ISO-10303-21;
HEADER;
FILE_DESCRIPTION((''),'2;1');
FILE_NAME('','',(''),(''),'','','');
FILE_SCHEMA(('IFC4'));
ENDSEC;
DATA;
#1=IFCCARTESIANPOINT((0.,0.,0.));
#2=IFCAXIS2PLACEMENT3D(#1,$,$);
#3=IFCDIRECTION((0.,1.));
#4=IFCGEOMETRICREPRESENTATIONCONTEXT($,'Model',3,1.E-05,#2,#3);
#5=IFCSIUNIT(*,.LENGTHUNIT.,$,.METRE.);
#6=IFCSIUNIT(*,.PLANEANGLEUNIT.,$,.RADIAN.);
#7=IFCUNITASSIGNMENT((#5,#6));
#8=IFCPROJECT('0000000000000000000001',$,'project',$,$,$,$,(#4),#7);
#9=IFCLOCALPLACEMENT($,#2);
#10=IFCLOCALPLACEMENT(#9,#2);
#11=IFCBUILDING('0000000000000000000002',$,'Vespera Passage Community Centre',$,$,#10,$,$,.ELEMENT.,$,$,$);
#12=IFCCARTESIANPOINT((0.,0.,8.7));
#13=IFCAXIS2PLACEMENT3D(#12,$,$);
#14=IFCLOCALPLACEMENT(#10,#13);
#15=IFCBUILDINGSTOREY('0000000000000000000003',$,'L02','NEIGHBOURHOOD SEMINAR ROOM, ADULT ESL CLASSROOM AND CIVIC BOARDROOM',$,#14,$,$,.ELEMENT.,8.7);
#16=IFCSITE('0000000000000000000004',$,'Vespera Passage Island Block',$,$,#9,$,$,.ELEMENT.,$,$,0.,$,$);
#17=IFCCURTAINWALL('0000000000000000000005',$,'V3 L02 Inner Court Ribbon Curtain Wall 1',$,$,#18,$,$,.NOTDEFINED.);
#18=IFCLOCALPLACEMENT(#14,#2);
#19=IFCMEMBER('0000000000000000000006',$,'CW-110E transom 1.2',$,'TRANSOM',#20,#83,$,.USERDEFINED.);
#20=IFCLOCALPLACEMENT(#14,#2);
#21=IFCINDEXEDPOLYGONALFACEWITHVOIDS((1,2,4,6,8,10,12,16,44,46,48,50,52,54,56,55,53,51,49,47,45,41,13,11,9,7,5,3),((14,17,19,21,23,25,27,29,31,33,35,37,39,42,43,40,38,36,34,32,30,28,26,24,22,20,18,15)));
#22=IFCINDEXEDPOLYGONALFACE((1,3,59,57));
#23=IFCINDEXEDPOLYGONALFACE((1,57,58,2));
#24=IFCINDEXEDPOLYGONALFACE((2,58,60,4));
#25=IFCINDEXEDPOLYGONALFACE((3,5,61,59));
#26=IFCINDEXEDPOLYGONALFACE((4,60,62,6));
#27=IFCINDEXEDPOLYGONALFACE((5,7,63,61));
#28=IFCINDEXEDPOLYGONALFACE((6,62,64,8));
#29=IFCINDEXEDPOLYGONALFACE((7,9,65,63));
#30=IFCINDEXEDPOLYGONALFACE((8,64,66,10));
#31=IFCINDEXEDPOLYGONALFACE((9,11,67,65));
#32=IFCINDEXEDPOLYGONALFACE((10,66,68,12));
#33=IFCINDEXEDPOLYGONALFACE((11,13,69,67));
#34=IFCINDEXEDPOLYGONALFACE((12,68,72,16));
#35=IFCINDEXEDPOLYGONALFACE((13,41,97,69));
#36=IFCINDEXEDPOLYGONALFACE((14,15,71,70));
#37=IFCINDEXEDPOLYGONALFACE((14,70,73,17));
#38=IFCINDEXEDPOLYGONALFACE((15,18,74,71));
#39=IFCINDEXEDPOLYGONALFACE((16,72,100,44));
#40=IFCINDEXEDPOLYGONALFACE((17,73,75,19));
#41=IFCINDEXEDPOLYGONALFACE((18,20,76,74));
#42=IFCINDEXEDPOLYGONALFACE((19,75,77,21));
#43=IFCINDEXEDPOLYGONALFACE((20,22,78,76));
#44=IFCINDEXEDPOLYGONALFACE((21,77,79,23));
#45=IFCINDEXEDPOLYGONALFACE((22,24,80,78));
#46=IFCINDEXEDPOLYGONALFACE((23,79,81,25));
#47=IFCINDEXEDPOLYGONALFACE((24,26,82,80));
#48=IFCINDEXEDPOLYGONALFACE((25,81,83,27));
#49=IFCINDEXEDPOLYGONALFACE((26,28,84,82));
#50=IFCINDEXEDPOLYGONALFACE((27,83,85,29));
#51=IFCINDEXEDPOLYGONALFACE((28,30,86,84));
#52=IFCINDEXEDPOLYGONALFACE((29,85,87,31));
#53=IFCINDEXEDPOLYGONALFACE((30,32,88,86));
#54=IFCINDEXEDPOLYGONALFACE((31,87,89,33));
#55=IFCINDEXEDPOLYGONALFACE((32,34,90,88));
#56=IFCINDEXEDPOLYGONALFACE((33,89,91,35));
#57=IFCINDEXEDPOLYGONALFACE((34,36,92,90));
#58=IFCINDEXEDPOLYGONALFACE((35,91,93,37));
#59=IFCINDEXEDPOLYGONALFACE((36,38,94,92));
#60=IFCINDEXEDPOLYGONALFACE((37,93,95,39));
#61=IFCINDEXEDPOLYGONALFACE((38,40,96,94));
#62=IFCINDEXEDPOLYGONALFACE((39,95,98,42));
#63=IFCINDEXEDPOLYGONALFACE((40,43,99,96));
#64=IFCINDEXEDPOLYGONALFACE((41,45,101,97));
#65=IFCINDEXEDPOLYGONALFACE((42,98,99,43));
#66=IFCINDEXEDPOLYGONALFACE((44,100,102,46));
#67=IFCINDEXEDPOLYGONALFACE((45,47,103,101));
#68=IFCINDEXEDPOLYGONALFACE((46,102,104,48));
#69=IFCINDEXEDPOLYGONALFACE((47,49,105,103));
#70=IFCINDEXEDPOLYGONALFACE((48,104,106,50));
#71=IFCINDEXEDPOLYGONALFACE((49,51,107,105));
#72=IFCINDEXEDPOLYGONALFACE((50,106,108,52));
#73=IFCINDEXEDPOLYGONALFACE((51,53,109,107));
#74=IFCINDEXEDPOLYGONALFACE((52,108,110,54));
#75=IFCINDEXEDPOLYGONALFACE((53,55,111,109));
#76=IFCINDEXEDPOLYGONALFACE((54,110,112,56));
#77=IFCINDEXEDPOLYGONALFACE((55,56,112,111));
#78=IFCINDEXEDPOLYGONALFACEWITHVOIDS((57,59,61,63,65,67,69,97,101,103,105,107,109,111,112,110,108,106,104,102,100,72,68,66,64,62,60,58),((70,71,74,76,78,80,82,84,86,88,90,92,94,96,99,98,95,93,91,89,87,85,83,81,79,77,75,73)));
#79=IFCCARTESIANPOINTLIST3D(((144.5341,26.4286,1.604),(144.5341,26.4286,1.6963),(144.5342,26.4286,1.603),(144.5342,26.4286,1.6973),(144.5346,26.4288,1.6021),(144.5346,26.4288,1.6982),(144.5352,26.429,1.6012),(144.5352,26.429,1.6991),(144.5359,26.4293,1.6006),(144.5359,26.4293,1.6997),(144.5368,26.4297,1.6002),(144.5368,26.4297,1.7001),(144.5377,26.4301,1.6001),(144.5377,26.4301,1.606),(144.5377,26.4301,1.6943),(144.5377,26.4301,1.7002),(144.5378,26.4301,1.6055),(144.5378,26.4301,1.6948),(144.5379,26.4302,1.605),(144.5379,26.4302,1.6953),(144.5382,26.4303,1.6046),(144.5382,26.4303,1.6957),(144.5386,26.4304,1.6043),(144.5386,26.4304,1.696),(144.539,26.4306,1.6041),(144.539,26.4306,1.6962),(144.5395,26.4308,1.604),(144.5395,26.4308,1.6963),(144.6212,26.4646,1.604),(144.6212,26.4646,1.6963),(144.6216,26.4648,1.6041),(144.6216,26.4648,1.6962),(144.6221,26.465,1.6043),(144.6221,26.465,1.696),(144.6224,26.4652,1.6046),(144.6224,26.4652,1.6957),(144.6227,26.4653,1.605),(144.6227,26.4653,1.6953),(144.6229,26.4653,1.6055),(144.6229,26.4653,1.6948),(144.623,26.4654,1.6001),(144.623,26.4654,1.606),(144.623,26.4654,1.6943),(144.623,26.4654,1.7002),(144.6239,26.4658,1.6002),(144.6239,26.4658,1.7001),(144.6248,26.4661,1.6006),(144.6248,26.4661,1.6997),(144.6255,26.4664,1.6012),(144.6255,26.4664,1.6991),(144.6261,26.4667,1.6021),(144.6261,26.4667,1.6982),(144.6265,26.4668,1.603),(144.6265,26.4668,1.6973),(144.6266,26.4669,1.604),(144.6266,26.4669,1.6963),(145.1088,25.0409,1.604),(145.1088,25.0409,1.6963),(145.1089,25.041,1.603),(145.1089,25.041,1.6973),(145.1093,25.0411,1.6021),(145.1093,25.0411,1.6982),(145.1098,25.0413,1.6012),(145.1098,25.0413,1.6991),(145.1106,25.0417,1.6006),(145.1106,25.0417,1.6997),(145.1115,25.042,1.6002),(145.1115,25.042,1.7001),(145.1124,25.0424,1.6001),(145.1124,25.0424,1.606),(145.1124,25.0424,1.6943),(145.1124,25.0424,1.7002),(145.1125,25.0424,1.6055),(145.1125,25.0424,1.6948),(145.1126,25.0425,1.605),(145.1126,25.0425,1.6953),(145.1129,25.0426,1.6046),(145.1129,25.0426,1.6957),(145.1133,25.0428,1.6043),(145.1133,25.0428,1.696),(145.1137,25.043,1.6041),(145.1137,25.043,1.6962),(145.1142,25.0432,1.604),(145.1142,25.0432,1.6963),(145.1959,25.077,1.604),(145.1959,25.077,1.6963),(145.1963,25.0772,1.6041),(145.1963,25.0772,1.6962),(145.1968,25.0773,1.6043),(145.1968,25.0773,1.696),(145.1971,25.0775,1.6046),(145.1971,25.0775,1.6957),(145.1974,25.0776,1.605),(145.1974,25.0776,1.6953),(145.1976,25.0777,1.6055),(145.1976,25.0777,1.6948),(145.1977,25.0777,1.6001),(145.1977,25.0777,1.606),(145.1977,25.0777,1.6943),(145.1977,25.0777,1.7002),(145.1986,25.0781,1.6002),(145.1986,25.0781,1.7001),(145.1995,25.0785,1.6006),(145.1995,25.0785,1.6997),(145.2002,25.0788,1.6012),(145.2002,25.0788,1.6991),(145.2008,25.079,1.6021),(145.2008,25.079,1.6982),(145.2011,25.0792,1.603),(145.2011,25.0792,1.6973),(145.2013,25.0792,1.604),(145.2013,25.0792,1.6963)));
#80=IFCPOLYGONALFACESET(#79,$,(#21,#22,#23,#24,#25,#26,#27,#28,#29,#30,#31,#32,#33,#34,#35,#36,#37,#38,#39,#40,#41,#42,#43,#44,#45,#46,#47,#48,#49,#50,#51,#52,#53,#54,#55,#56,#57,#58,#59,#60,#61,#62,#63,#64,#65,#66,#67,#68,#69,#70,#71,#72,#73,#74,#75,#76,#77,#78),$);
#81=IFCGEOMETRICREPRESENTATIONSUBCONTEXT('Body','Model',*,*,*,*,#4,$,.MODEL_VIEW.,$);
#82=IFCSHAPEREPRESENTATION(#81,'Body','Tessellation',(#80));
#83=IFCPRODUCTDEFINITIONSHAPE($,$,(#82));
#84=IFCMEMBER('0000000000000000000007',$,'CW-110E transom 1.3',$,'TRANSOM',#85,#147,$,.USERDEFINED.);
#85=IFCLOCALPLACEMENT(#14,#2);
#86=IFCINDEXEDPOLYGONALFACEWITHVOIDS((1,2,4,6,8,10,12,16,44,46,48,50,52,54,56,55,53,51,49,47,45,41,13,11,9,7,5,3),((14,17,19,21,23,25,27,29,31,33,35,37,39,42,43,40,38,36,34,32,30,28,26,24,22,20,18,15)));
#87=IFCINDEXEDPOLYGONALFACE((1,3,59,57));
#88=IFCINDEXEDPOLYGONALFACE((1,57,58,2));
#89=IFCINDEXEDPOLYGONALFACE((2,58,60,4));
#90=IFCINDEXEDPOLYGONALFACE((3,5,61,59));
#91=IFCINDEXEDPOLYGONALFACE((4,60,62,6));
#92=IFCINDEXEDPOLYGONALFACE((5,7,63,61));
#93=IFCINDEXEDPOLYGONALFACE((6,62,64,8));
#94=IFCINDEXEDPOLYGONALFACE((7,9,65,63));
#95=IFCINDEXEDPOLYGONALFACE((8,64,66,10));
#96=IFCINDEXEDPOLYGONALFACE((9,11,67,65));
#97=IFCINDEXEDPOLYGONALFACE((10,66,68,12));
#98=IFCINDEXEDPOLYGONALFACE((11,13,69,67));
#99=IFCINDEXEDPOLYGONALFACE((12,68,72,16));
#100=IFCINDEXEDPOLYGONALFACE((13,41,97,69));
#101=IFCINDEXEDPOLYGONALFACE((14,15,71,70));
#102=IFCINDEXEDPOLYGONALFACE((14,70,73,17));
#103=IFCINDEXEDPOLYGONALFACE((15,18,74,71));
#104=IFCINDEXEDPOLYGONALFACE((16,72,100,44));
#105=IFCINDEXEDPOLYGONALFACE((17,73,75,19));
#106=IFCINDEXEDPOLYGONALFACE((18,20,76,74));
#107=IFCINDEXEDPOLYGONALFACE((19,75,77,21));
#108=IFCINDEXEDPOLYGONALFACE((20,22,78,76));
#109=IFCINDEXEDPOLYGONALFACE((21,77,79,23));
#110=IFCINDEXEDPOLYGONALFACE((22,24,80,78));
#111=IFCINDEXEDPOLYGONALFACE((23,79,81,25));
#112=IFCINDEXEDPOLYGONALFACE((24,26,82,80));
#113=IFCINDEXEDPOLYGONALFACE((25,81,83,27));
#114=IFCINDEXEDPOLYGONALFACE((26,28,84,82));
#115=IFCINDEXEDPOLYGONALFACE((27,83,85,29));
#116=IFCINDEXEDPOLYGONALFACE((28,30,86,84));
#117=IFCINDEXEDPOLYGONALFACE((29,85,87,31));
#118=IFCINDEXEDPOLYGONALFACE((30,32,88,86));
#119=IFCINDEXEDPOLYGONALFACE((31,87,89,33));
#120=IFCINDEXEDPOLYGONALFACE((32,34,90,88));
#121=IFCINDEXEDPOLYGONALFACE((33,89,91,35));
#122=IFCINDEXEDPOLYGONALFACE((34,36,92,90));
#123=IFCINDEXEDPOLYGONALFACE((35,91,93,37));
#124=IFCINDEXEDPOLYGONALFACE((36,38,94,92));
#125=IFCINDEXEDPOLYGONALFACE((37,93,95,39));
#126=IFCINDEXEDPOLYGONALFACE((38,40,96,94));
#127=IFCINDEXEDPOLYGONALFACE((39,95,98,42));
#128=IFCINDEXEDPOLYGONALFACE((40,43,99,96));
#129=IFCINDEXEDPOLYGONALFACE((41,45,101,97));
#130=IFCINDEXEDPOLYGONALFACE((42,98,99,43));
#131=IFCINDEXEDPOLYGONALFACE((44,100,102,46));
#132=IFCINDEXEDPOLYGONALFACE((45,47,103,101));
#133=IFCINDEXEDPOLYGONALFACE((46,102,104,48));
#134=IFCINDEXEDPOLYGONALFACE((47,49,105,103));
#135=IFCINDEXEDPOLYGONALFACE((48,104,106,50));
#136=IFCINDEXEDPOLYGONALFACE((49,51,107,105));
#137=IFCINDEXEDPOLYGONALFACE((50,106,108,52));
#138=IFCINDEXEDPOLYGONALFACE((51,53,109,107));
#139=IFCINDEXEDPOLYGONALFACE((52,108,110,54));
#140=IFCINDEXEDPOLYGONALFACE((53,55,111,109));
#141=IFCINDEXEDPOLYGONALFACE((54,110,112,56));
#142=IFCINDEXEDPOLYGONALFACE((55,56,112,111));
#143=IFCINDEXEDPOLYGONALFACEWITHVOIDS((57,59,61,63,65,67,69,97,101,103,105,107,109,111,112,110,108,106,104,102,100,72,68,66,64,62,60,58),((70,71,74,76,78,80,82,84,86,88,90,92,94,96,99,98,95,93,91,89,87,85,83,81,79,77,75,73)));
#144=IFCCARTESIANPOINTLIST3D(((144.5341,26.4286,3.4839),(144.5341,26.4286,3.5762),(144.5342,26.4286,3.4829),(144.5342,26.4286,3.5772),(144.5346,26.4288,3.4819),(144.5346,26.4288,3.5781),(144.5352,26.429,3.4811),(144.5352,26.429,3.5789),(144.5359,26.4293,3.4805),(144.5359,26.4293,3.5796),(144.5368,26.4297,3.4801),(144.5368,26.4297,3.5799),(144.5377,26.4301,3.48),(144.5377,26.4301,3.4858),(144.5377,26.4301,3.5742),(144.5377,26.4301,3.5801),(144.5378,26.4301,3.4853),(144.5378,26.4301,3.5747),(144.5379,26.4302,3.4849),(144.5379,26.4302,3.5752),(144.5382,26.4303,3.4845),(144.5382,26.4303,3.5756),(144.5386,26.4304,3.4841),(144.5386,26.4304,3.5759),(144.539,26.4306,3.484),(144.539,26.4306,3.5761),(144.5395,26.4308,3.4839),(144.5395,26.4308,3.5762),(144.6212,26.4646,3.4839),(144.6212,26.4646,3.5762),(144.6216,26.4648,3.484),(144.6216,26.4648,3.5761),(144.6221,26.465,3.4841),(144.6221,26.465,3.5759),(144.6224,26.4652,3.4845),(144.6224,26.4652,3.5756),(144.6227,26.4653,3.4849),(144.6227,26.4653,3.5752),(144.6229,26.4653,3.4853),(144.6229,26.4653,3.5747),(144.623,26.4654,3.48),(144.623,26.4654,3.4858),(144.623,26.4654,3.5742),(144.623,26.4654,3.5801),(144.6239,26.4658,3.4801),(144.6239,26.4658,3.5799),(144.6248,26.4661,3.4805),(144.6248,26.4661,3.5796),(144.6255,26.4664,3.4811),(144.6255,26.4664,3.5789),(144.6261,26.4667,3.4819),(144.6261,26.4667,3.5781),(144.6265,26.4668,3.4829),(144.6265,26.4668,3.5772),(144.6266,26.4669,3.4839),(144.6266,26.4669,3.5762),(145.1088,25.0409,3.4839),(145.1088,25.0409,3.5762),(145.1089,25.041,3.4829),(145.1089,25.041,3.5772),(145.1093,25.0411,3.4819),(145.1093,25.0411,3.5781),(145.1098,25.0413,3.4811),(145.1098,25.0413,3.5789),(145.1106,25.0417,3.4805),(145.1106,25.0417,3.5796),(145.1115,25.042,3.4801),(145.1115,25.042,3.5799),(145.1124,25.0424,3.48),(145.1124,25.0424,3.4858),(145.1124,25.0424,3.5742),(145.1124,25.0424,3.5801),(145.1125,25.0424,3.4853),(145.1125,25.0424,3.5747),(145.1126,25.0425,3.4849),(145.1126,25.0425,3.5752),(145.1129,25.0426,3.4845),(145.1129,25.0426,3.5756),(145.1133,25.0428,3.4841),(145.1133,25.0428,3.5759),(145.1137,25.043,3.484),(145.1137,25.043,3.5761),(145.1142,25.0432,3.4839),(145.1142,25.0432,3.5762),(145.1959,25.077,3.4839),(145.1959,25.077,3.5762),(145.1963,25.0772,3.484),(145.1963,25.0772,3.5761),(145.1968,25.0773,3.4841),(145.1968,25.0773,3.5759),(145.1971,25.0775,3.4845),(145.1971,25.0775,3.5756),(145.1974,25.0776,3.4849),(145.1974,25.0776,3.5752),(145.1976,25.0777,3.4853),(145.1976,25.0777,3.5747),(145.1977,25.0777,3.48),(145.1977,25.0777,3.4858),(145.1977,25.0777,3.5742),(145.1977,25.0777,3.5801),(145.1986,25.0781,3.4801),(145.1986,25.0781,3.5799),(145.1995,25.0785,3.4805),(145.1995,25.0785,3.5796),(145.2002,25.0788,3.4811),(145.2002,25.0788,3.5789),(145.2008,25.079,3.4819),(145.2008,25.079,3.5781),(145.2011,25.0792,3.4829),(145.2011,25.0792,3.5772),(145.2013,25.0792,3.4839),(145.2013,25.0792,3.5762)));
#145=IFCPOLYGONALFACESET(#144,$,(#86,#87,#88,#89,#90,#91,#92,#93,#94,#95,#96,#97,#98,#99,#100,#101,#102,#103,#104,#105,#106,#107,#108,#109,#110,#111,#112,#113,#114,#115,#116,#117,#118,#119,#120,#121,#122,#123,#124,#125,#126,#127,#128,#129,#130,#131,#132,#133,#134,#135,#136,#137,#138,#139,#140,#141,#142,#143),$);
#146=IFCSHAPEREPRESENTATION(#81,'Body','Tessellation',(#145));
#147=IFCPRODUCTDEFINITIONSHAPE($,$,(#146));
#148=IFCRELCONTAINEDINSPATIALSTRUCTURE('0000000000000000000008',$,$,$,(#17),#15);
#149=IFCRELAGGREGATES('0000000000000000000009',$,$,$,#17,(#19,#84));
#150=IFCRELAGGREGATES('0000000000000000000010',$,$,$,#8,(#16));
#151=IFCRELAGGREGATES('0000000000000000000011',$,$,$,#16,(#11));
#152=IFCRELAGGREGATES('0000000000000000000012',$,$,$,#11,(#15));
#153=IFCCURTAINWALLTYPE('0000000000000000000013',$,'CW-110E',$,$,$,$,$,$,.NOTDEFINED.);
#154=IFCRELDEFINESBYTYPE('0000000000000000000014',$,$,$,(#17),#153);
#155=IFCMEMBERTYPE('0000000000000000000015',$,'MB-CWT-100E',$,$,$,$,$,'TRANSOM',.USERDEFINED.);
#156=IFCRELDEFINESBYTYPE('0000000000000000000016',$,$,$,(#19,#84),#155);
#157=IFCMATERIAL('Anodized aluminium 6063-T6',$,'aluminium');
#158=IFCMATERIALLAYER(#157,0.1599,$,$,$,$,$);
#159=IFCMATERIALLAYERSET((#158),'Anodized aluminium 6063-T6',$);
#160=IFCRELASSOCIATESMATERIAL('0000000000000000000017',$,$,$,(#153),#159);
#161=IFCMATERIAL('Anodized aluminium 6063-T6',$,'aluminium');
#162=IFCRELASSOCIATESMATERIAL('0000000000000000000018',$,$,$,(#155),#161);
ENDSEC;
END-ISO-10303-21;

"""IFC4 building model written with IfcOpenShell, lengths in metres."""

from ifc_helpers import new_model, si_unit, direction, frame, origin, origin_2d, place, context, subcontext, project, spatial, hollow_rectangle, extrude, material, layer, layer_set, material_profile, profile_set, type_object, element, aggregate, save


model = new_model("IFC4")

# Units and contexts
model_context = context("Model", 3, precision=1e-05, world=origin(), true_north=direction((0.0, 1.0)))
body_context = subcontext(model_context, "Body", "Model", "MODEL_VIEW")
ifc_project = project(units=[si_unit("LENGTHUNIT", "METRE"), si_unit("PLANEANGLEUNIT", "RADIAN")], contexts=[model_context])

# Site, building, storey
site_placement = place(None, origin())
site = spatial("IfcSite", under=ifc_project, at=site_placement, Name="Vespera Passage Island Block", CompositionType="ELEMENT", RefElevation=0.0)
building_placement = place(site_placement, origin())
building = spatial("IfcBuilding", under=site, at=building_placement, Name="Vespera Passage Community Centre", CompositionType="ELEMENT")
storey_placement = place(building_placement, frame((0.0, 0.0, 8.7)))
storey = spatial("IfcBuildingStorey", under=building, at=storey_placement, Name="L02", Description="NEIGHBOURHOOD SEMINAR ROOM, ADULT ESL CLASSROOM AND CIVIC BOARDROOM", CompositionType="ELEMENT", Elevation=8.7)

# Curtain wall
ifc_material_1 = material(Name="Anodized aluminium 6063-T6", Category="aluminium")
ifc_layer_1 = layer(ifc_material_1, 0.1599)
ifc_layer_set_1 = layer_set([ifc_layer_1], Name="Anodized aluminium 6063-T6")
curtain_wall_type = type_object("IfcCurtainWallType", Name="CW-110E", PredefinedType="NOTDEFINED", material=ifc_layer_set_1)
curtain_wall_1_placement = place(storey_placement, origin())
curtain_wall_1 = element("IfcCurtainWall", 1, at=curtain_wall_1_placement, inside=storey, type_object=curtain_wall_type, Name="V3 L02 Inner Court Ribbon Curtain Wall 1", PredefinedType="NOTDEFINED")

# Members
ifc_material_2 = material(Name="Anodized aluminium 6063-T6", Category="aluminium")
ifc_material_profile_1 = material_profile(ifc_material_2, hollow_rectangle(XDim=0.1001, YDim=0.1001, WallThickness=0.0039, InnerFilletRadius=0.002, OuterFilletRadius=0.0039, at=origin_2d()), Name="ALU100X100X4")
ifc_profile_set_1 = profile_set([ifc_material_profile_1], Name="Anodized aluminium 6063-T6")
member_type_1 = type_object("IfcMemberType", Name="MB-CWT-100E", ElementType="TRANSOM", PredefinedType="USERDEFINED", material=ifc_profile_set_1)
member_1_placement = place(storey_placement, frame((145.155, 25.0601, 1.6501), z_axis=(-0.382629, 0.923902, 0.0), x_axis=(-0.923902, -0.382629, 0.0)))
member_1 = element("IfcMember", 2, at=member_1_placement, type_object=member_type_1, Name="CW-110E transom 1.2", ObjectType="TRANSOM", PredefinedType="USERDEFINED", context=body_context, shape_type="SweptSolid", body=[
    extrude(hollow_rectangle(XDim=0.1001, YDim=0.1001, WallThickness=0.0039, InnerFilletRadius=0.002, OuterFilletRadius=0.0039, at=origin_2d()), origin(), (0.0, 0.0, 1.0), 1.502),
])
member_2_placement = place(storey_placement, frame((145.155, 25.0601, 3.53), z_axis=(-0.382629, 0.923902, 0.0), x_axis=(-0.923902, -0.382629, 0.0)))
member_2 = element("IfcMember", 3, at=member_2_placement, type_object=member_type_1, Name="CW-110E transom 1.3", ObjectType="TRANSOM", PredefinedType="USERDEFINED", context=body_context, shape_type="SweptSolid", body=[
    extrude(hollow_rectangle(XDim=0.1001, YDim=0.1001, WallThickness=0.0039, InnerFilletRadius=0.002, OuterFilletRadius=0.0039, at=origin_2d()), origin(), (0.0, 0.0, 1.0), 1.502),
])

aggregate(curtain_wall_1, [member_1, member_2])

save(model, "model.ifc")
